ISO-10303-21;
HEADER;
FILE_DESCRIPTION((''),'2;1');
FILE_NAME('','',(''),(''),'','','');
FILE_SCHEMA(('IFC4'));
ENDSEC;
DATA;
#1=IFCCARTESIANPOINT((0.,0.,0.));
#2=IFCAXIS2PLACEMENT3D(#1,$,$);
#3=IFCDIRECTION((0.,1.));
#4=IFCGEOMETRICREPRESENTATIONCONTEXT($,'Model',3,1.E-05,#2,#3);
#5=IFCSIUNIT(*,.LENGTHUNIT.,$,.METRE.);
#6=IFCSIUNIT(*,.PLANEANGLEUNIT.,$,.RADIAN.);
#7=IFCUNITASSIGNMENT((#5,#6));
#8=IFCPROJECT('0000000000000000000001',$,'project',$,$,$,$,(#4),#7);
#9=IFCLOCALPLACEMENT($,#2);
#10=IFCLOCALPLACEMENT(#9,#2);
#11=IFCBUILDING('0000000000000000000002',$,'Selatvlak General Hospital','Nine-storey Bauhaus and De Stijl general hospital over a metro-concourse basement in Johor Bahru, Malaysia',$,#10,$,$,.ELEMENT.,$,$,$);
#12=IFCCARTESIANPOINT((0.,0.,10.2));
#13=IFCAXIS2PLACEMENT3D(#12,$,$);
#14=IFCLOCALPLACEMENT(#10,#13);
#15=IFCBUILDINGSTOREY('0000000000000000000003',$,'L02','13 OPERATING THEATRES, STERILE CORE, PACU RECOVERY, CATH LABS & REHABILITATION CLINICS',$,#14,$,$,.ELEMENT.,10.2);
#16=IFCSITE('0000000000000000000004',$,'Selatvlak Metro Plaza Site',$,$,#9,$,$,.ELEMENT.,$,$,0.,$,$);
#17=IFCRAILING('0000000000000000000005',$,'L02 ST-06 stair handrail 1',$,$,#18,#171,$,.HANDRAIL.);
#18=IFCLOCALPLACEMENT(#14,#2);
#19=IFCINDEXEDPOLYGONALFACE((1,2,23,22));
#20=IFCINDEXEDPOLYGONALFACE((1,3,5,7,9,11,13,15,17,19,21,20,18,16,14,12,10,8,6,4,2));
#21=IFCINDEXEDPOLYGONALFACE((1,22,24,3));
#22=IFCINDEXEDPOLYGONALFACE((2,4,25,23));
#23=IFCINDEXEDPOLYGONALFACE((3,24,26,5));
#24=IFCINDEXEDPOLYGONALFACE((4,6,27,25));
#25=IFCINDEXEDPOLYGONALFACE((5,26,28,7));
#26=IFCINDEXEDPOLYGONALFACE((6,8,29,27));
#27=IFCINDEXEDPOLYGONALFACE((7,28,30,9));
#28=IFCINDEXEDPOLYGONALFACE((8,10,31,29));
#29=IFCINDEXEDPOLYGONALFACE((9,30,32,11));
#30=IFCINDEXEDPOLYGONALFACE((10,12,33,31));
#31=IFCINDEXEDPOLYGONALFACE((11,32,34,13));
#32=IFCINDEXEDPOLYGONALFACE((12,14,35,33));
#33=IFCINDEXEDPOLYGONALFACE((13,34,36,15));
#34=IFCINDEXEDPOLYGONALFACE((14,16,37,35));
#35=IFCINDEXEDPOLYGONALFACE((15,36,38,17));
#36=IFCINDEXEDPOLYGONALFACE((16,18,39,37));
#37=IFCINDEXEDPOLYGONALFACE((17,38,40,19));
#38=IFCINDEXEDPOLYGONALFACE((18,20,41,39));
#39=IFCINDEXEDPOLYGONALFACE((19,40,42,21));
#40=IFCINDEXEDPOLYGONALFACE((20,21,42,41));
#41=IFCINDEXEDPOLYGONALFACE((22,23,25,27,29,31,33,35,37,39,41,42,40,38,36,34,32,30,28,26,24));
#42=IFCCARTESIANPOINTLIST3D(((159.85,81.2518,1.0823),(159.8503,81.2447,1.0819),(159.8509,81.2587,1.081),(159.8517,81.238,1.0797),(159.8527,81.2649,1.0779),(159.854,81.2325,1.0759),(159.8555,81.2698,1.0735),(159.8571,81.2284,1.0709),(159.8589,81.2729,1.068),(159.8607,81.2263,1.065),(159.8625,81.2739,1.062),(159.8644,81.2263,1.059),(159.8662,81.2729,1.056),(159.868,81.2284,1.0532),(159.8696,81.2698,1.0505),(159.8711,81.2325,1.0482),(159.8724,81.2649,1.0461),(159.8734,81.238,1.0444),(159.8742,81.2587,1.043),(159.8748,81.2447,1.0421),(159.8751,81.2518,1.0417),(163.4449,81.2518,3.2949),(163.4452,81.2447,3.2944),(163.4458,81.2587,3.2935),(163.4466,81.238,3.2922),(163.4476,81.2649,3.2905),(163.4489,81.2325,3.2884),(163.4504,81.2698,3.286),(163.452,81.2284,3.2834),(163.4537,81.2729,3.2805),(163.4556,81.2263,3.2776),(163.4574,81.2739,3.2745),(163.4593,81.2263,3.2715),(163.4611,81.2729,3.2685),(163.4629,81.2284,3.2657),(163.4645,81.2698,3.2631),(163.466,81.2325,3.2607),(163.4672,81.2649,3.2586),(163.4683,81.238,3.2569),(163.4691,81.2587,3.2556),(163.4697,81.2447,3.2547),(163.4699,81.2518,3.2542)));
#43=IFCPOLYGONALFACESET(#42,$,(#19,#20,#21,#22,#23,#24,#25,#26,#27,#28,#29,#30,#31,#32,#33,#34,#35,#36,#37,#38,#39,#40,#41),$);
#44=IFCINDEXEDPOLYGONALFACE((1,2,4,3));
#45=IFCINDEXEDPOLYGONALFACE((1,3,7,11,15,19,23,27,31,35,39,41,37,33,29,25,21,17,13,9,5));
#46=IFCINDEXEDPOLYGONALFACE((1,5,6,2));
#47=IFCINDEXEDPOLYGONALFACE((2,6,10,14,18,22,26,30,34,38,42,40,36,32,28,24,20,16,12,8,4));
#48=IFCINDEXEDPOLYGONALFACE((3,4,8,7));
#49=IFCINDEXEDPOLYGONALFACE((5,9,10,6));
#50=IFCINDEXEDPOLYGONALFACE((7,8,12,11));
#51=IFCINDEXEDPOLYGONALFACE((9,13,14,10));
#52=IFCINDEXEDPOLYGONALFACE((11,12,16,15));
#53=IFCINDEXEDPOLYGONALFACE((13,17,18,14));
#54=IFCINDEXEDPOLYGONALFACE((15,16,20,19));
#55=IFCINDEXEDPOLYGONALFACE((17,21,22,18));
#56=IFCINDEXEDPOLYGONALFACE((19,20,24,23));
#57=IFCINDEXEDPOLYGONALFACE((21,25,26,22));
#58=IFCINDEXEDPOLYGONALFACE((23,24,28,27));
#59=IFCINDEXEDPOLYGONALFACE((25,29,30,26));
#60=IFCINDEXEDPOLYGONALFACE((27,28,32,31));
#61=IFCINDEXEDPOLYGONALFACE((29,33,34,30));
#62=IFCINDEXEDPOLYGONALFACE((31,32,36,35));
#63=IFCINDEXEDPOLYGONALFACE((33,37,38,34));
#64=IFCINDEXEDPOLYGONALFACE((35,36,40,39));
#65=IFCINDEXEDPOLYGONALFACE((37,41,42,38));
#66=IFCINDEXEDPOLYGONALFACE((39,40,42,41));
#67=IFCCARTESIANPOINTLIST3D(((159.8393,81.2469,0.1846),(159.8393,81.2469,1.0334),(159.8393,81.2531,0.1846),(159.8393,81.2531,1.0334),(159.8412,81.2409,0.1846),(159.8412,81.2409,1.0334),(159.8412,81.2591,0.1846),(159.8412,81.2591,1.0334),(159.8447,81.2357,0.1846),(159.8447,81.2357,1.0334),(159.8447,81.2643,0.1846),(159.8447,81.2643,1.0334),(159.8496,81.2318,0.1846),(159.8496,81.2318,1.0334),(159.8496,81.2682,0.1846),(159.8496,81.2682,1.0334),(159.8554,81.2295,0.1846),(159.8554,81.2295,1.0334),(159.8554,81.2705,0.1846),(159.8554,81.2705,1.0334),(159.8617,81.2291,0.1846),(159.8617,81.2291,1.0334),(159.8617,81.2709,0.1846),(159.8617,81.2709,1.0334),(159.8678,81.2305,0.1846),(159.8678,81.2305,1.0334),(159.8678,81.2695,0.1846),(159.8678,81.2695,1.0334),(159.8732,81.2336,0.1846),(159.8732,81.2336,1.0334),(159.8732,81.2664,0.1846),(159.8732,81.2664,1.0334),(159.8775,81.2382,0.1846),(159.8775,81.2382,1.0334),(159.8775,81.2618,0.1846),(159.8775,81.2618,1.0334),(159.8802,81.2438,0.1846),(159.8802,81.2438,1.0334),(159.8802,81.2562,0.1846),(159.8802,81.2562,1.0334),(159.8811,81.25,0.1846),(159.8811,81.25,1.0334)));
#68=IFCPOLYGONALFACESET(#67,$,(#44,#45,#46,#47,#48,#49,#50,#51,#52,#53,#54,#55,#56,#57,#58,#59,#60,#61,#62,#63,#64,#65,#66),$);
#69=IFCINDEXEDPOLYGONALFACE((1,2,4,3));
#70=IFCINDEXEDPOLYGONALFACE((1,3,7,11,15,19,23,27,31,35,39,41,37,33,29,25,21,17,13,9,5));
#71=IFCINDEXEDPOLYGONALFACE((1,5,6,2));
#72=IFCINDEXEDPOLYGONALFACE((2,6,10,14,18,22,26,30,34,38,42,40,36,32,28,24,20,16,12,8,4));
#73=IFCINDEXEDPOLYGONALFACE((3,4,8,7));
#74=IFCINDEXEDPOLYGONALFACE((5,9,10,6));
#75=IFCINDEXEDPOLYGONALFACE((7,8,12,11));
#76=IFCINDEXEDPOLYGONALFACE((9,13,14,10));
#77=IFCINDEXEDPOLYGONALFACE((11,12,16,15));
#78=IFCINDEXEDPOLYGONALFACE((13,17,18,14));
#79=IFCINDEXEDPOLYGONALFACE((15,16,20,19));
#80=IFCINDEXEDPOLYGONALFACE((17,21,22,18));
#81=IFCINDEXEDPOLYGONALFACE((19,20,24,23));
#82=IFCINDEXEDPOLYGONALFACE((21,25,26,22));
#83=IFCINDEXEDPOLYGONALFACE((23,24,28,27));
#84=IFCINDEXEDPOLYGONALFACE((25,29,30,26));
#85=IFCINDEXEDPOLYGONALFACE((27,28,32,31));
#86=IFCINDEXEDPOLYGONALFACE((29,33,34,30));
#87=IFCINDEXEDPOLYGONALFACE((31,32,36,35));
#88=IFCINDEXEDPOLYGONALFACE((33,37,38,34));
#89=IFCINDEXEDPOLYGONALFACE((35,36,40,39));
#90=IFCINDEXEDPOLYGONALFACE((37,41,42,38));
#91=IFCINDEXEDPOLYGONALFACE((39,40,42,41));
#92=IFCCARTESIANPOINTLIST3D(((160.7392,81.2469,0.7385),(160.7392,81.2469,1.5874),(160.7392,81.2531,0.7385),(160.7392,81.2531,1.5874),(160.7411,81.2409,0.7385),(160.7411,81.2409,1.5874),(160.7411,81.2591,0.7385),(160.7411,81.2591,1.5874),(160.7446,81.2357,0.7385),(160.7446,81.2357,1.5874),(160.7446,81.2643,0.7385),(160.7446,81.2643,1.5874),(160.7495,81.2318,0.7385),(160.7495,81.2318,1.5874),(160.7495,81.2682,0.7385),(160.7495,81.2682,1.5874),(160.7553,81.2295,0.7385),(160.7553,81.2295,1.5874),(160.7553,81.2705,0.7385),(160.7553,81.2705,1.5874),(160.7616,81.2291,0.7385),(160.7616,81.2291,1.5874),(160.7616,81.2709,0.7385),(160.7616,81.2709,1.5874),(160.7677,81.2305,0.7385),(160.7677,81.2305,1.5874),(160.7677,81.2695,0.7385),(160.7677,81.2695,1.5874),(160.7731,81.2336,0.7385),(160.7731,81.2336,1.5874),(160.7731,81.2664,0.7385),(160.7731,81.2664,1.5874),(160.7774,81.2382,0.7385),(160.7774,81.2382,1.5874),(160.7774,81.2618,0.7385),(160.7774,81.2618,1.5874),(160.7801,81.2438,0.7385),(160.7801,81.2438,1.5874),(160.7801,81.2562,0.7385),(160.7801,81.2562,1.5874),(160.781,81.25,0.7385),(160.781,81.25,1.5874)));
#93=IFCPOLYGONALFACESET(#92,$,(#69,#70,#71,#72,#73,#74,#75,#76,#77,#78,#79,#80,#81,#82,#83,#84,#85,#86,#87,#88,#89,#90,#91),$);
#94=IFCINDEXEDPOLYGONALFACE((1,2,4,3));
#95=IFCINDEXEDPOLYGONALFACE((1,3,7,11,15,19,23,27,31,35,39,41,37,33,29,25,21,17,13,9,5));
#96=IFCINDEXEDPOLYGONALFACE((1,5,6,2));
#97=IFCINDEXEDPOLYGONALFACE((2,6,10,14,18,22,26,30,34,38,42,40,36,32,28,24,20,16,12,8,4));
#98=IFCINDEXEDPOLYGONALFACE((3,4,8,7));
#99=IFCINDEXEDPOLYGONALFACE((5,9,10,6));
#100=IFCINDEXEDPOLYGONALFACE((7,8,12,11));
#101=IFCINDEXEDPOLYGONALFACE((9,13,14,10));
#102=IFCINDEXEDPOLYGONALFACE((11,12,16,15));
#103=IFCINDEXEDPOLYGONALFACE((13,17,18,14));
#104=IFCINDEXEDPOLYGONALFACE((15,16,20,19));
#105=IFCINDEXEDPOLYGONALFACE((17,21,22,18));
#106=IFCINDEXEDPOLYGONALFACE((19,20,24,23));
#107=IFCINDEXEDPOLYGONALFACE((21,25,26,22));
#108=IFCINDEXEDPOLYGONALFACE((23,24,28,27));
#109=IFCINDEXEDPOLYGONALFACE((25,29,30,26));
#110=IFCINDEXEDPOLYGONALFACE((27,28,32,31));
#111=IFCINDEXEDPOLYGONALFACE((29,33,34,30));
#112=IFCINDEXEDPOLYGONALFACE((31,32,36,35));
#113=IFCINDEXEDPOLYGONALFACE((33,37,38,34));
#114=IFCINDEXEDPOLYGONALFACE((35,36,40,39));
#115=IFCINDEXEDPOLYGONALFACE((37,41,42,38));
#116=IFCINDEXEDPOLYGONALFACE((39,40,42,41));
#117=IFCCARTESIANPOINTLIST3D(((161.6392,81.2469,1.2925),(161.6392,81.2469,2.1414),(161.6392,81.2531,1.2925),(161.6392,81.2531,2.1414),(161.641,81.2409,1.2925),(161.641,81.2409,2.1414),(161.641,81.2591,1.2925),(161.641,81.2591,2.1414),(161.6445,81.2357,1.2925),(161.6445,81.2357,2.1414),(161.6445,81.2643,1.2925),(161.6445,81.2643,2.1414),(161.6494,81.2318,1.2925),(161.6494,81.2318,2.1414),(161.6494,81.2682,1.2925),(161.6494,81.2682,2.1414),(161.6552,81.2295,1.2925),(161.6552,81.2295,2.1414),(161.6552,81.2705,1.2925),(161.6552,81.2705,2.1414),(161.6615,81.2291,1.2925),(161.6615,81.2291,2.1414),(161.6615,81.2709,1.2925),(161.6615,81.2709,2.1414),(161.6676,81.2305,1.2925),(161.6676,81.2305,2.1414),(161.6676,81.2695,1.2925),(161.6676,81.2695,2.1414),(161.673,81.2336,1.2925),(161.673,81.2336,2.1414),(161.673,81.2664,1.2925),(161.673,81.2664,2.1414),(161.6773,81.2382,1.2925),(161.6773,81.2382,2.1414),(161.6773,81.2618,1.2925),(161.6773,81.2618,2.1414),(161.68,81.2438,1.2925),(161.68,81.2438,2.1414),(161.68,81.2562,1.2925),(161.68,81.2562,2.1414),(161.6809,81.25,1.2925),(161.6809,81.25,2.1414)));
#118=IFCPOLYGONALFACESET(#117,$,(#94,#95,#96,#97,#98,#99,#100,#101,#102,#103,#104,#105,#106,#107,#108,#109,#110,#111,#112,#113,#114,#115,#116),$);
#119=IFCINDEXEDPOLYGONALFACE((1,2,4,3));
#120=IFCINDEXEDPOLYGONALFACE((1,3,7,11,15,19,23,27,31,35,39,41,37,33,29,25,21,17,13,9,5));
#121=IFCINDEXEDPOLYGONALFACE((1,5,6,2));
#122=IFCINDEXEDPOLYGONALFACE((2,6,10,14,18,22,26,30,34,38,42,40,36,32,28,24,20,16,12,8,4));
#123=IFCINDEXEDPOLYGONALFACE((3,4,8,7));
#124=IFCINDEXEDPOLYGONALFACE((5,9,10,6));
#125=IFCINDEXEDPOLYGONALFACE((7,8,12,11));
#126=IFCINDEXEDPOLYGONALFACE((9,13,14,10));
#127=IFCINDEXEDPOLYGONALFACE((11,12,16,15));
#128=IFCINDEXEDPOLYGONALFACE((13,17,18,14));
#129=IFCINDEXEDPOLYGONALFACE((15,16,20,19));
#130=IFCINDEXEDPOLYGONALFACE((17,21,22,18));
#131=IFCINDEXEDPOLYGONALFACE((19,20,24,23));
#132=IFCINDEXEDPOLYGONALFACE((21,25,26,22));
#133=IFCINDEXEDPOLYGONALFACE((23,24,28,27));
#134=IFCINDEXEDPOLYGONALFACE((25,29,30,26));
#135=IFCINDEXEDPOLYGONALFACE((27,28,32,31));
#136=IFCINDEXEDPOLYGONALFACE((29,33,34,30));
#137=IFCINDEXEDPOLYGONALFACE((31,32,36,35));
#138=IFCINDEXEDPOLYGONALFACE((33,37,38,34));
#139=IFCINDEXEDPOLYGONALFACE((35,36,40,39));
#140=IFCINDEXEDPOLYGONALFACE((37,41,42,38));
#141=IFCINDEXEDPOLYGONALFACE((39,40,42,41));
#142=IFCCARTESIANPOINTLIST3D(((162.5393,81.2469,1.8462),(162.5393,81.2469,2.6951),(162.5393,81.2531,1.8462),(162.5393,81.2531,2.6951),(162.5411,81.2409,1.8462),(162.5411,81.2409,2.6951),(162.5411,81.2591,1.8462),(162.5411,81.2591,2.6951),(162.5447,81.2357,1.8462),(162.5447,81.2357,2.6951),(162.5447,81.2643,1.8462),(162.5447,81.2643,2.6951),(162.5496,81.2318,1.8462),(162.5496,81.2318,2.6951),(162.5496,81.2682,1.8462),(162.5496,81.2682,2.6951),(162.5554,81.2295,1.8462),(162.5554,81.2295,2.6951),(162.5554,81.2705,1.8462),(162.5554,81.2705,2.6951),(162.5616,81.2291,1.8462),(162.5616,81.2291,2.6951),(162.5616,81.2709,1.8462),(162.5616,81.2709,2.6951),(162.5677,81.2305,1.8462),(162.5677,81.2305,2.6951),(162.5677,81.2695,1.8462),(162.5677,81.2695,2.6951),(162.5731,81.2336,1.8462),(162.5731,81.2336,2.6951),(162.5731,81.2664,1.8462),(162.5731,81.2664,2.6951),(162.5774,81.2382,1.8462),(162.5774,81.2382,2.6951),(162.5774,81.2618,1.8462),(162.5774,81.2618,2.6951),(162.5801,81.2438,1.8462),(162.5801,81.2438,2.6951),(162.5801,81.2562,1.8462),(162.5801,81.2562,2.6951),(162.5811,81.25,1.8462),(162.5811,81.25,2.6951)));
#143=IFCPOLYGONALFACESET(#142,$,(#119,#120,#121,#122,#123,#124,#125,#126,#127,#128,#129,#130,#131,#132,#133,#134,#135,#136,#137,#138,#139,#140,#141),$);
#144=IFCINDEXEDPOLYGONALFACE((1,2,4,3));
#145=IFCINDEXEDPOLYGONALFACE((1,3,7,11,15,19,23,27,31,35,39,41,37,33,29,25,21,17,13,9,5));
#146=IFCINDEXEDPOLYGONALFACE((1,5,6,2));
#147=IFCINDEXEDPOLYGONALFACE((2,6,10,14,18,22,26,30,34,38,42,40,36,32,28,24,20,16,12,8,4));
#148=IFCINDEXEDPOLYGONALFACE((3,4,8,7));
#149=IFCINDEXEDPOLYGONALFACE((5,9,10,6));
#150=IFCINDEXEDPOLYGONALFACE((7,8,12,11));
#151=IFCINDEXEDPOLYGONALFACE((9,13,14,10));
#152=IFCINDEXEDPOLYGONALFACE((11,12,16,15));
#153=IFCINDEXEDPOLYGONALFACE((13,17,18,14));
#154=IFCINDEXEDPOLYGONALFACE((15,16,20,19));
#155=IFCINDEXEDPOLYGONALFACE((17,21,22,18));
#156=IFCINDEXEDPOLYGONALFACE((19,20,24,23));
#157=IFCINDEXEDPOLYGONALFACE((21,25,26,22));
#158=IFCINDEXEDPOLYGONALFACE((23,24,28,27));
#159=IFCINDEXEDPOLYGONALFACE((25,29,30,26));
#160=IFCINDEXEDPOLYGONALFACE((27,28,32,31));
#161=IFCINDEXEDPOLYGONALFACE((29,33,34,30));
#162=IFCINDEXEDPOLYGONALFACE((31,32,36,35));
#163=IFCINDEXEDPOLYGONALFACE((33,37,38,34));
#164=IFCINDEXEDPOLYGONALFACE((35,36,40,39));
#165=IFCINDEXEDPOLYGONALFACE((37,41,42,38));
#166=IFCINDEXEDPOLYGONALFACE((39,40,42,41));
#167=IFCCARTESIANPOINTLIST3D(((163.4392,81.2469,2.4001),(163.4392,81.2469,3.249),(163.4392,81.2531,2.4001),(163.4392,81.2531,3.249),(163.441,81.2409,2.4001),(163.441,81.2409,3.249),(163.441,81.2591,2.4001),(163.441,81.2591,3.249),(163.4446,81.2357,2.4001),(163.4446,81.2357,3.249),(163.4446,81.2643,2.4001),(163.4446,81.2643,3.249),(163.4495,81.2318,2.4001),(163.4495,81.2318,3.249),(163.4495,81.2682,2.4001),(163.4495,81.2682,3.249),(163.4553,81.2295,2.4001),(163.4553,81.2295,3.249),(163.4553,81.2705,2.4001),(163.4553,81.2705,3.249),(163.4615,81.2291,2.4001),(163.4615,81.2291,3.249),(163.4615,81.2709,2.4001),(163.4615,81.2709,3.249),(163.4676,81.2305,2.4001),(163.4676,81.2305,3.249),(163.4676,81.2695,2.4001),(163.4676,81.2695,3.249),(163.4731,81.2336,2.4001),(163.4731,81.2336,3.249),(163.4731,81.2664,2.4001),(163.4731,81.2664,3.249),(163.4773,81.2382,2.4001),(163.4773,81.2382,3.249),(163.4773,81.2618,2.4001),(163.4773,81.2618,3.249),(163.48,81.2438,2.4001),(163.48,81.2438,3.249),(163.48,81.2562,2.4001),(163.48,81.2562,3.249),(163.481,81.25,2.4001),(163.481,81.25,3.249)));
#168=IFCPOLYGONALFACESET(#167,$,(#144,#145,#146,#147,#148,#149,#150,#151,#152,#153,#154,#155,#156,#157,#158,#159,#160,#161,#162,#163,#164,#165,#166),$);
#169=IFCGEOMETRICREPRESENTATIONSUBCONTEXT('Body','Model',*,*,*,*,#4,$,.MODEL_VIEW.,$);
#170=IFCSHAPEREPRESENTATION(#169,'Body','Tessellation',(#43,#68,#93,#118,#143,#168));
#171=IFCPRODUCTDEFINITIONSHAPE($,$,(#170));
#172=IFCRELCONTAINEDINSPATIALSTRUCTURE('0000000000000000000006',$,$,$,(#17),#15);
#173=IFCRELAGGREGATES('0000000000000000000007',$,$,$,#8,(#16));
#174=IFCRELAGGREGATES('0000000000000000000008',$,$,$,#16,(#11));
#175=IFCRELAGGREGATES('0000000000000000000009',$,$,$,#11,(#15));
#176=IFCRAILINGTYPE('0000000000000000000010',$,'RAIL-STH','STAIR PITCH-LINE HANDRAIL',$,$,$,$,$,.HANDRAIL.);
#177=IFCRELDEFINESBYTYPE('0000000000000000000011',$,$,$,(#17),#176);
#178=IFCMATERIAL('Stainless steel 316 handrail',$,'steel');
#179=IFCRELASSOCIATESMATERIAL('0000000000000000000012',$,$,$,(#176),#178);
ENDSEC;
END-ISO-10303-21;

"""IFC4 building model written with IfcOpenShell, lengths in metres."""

from ifc_helpers import new_model, si_unit, direction, frame, origin, origin_2d, place, context, subcontext, project, spatial, circle, extrude, material, type_object, element, save


model = new_model("IFC4")

# Units and contexts
model_context = context("Model", 3, precision=1e-05, world=origin(), true_north=direction((0.0, 1.0)))
body_context = subcontext(model_context, "Body", "Model", "MODEL_VIEW")
ifc_project = project(units=[si_unit("LENGTHUNIT", "METRE"), si_unit("PLANEANGLEUNIT", "RADIAN")], contexts=[model_context])

# Site, building, storey
site_placement = place(None, origin())
site = spatial("IfcSite", under=ifc_project, at=site_placement, Name="Selatvlak Metro Plaza Site", CompositionType="ELEMENT", RefElevation=0.0)
building_placement = place(site_placement, origin())
building = spatial("IfcBuilding", under=site, at=building_placement, Name="Selatvlak General Hospital", Description="Nine-storey Bauhaus and De Stijl general hospital over a metro-concourse basement in Johor Bahru, Malaysia", CompositionType="ELEMENT")
storey_placement = place(building_placement, frame((0.0, 0.0, 10.2)))
storey = spatial("IfcBuildingStorey", under=building, at=storey_placement, Name="L02", Description="13 OPERATING THEATRES, STERILE CORE, PACU RECOVERY, CATH LABS & REHABILITATION CLINICS", CompositionType="ELEMENT", Elevation=10.2)

# Railing
ifc_material_1 = material(Name="Stainless steel 316 handrail", Category="steel")
railing_type_1 = type_object("IfcRailingType", Name="RAIL-STH", Description="STAIR PITCH-LINE HANDRAIL", PredefinedType="HANDRAIL", material=ifc_material_1)
railing_1_placement = place(storey_placement, frame((159.8601, 81.25, 0.1846)))
element("IfcRailing", 1, at=railing_1_placement, inside=storey, type_object=railing_type_1, Name="L02 ST-06 stair handrail 1", PredefinedType="HANDRAIL", context=body_context, shape_type="SweptSolid", body=[
    extrude(circle(Radius=0.0239, at=origin_2d()), frame((0.0024, 0.0, 0.8774), z_axis=(0.851629, 0.0, 0.524146), x_axis=(0.0, 1.0, 0.0)), (0.0, 0.0, 1.0), 4.2212),
    extrude(circle(Radius=0.021, at=origin_2d()), origin(), (0.0, 0.0, 1.0), 0.8489),
    extrude(circle(Radius=0.021, at=origin_2d()), frame((0.8999, 0.0, 0.554)), (0.0, 0.0, 1.0), 0.8489),
    extrude(circle(Radius=0.021, at=origin_2d()), frame((1.7998, 0.0, 1.1079)), (0.0, 0.0, 1.0), 0.8489),
    extrude(circle(Radius=0.021, at=origin_2d()), frame((2.7, 0.0, 1.6616)), (0.0, 0.0, 1.0), 0.8489),
    extrude(circle(Radius=0.021, at=origin_2d()), frame((3.5999, 0.0, 2.2156)), (0.0, 0.0, 1.0), 0.8489),
])

save(model, "model.ifc")
